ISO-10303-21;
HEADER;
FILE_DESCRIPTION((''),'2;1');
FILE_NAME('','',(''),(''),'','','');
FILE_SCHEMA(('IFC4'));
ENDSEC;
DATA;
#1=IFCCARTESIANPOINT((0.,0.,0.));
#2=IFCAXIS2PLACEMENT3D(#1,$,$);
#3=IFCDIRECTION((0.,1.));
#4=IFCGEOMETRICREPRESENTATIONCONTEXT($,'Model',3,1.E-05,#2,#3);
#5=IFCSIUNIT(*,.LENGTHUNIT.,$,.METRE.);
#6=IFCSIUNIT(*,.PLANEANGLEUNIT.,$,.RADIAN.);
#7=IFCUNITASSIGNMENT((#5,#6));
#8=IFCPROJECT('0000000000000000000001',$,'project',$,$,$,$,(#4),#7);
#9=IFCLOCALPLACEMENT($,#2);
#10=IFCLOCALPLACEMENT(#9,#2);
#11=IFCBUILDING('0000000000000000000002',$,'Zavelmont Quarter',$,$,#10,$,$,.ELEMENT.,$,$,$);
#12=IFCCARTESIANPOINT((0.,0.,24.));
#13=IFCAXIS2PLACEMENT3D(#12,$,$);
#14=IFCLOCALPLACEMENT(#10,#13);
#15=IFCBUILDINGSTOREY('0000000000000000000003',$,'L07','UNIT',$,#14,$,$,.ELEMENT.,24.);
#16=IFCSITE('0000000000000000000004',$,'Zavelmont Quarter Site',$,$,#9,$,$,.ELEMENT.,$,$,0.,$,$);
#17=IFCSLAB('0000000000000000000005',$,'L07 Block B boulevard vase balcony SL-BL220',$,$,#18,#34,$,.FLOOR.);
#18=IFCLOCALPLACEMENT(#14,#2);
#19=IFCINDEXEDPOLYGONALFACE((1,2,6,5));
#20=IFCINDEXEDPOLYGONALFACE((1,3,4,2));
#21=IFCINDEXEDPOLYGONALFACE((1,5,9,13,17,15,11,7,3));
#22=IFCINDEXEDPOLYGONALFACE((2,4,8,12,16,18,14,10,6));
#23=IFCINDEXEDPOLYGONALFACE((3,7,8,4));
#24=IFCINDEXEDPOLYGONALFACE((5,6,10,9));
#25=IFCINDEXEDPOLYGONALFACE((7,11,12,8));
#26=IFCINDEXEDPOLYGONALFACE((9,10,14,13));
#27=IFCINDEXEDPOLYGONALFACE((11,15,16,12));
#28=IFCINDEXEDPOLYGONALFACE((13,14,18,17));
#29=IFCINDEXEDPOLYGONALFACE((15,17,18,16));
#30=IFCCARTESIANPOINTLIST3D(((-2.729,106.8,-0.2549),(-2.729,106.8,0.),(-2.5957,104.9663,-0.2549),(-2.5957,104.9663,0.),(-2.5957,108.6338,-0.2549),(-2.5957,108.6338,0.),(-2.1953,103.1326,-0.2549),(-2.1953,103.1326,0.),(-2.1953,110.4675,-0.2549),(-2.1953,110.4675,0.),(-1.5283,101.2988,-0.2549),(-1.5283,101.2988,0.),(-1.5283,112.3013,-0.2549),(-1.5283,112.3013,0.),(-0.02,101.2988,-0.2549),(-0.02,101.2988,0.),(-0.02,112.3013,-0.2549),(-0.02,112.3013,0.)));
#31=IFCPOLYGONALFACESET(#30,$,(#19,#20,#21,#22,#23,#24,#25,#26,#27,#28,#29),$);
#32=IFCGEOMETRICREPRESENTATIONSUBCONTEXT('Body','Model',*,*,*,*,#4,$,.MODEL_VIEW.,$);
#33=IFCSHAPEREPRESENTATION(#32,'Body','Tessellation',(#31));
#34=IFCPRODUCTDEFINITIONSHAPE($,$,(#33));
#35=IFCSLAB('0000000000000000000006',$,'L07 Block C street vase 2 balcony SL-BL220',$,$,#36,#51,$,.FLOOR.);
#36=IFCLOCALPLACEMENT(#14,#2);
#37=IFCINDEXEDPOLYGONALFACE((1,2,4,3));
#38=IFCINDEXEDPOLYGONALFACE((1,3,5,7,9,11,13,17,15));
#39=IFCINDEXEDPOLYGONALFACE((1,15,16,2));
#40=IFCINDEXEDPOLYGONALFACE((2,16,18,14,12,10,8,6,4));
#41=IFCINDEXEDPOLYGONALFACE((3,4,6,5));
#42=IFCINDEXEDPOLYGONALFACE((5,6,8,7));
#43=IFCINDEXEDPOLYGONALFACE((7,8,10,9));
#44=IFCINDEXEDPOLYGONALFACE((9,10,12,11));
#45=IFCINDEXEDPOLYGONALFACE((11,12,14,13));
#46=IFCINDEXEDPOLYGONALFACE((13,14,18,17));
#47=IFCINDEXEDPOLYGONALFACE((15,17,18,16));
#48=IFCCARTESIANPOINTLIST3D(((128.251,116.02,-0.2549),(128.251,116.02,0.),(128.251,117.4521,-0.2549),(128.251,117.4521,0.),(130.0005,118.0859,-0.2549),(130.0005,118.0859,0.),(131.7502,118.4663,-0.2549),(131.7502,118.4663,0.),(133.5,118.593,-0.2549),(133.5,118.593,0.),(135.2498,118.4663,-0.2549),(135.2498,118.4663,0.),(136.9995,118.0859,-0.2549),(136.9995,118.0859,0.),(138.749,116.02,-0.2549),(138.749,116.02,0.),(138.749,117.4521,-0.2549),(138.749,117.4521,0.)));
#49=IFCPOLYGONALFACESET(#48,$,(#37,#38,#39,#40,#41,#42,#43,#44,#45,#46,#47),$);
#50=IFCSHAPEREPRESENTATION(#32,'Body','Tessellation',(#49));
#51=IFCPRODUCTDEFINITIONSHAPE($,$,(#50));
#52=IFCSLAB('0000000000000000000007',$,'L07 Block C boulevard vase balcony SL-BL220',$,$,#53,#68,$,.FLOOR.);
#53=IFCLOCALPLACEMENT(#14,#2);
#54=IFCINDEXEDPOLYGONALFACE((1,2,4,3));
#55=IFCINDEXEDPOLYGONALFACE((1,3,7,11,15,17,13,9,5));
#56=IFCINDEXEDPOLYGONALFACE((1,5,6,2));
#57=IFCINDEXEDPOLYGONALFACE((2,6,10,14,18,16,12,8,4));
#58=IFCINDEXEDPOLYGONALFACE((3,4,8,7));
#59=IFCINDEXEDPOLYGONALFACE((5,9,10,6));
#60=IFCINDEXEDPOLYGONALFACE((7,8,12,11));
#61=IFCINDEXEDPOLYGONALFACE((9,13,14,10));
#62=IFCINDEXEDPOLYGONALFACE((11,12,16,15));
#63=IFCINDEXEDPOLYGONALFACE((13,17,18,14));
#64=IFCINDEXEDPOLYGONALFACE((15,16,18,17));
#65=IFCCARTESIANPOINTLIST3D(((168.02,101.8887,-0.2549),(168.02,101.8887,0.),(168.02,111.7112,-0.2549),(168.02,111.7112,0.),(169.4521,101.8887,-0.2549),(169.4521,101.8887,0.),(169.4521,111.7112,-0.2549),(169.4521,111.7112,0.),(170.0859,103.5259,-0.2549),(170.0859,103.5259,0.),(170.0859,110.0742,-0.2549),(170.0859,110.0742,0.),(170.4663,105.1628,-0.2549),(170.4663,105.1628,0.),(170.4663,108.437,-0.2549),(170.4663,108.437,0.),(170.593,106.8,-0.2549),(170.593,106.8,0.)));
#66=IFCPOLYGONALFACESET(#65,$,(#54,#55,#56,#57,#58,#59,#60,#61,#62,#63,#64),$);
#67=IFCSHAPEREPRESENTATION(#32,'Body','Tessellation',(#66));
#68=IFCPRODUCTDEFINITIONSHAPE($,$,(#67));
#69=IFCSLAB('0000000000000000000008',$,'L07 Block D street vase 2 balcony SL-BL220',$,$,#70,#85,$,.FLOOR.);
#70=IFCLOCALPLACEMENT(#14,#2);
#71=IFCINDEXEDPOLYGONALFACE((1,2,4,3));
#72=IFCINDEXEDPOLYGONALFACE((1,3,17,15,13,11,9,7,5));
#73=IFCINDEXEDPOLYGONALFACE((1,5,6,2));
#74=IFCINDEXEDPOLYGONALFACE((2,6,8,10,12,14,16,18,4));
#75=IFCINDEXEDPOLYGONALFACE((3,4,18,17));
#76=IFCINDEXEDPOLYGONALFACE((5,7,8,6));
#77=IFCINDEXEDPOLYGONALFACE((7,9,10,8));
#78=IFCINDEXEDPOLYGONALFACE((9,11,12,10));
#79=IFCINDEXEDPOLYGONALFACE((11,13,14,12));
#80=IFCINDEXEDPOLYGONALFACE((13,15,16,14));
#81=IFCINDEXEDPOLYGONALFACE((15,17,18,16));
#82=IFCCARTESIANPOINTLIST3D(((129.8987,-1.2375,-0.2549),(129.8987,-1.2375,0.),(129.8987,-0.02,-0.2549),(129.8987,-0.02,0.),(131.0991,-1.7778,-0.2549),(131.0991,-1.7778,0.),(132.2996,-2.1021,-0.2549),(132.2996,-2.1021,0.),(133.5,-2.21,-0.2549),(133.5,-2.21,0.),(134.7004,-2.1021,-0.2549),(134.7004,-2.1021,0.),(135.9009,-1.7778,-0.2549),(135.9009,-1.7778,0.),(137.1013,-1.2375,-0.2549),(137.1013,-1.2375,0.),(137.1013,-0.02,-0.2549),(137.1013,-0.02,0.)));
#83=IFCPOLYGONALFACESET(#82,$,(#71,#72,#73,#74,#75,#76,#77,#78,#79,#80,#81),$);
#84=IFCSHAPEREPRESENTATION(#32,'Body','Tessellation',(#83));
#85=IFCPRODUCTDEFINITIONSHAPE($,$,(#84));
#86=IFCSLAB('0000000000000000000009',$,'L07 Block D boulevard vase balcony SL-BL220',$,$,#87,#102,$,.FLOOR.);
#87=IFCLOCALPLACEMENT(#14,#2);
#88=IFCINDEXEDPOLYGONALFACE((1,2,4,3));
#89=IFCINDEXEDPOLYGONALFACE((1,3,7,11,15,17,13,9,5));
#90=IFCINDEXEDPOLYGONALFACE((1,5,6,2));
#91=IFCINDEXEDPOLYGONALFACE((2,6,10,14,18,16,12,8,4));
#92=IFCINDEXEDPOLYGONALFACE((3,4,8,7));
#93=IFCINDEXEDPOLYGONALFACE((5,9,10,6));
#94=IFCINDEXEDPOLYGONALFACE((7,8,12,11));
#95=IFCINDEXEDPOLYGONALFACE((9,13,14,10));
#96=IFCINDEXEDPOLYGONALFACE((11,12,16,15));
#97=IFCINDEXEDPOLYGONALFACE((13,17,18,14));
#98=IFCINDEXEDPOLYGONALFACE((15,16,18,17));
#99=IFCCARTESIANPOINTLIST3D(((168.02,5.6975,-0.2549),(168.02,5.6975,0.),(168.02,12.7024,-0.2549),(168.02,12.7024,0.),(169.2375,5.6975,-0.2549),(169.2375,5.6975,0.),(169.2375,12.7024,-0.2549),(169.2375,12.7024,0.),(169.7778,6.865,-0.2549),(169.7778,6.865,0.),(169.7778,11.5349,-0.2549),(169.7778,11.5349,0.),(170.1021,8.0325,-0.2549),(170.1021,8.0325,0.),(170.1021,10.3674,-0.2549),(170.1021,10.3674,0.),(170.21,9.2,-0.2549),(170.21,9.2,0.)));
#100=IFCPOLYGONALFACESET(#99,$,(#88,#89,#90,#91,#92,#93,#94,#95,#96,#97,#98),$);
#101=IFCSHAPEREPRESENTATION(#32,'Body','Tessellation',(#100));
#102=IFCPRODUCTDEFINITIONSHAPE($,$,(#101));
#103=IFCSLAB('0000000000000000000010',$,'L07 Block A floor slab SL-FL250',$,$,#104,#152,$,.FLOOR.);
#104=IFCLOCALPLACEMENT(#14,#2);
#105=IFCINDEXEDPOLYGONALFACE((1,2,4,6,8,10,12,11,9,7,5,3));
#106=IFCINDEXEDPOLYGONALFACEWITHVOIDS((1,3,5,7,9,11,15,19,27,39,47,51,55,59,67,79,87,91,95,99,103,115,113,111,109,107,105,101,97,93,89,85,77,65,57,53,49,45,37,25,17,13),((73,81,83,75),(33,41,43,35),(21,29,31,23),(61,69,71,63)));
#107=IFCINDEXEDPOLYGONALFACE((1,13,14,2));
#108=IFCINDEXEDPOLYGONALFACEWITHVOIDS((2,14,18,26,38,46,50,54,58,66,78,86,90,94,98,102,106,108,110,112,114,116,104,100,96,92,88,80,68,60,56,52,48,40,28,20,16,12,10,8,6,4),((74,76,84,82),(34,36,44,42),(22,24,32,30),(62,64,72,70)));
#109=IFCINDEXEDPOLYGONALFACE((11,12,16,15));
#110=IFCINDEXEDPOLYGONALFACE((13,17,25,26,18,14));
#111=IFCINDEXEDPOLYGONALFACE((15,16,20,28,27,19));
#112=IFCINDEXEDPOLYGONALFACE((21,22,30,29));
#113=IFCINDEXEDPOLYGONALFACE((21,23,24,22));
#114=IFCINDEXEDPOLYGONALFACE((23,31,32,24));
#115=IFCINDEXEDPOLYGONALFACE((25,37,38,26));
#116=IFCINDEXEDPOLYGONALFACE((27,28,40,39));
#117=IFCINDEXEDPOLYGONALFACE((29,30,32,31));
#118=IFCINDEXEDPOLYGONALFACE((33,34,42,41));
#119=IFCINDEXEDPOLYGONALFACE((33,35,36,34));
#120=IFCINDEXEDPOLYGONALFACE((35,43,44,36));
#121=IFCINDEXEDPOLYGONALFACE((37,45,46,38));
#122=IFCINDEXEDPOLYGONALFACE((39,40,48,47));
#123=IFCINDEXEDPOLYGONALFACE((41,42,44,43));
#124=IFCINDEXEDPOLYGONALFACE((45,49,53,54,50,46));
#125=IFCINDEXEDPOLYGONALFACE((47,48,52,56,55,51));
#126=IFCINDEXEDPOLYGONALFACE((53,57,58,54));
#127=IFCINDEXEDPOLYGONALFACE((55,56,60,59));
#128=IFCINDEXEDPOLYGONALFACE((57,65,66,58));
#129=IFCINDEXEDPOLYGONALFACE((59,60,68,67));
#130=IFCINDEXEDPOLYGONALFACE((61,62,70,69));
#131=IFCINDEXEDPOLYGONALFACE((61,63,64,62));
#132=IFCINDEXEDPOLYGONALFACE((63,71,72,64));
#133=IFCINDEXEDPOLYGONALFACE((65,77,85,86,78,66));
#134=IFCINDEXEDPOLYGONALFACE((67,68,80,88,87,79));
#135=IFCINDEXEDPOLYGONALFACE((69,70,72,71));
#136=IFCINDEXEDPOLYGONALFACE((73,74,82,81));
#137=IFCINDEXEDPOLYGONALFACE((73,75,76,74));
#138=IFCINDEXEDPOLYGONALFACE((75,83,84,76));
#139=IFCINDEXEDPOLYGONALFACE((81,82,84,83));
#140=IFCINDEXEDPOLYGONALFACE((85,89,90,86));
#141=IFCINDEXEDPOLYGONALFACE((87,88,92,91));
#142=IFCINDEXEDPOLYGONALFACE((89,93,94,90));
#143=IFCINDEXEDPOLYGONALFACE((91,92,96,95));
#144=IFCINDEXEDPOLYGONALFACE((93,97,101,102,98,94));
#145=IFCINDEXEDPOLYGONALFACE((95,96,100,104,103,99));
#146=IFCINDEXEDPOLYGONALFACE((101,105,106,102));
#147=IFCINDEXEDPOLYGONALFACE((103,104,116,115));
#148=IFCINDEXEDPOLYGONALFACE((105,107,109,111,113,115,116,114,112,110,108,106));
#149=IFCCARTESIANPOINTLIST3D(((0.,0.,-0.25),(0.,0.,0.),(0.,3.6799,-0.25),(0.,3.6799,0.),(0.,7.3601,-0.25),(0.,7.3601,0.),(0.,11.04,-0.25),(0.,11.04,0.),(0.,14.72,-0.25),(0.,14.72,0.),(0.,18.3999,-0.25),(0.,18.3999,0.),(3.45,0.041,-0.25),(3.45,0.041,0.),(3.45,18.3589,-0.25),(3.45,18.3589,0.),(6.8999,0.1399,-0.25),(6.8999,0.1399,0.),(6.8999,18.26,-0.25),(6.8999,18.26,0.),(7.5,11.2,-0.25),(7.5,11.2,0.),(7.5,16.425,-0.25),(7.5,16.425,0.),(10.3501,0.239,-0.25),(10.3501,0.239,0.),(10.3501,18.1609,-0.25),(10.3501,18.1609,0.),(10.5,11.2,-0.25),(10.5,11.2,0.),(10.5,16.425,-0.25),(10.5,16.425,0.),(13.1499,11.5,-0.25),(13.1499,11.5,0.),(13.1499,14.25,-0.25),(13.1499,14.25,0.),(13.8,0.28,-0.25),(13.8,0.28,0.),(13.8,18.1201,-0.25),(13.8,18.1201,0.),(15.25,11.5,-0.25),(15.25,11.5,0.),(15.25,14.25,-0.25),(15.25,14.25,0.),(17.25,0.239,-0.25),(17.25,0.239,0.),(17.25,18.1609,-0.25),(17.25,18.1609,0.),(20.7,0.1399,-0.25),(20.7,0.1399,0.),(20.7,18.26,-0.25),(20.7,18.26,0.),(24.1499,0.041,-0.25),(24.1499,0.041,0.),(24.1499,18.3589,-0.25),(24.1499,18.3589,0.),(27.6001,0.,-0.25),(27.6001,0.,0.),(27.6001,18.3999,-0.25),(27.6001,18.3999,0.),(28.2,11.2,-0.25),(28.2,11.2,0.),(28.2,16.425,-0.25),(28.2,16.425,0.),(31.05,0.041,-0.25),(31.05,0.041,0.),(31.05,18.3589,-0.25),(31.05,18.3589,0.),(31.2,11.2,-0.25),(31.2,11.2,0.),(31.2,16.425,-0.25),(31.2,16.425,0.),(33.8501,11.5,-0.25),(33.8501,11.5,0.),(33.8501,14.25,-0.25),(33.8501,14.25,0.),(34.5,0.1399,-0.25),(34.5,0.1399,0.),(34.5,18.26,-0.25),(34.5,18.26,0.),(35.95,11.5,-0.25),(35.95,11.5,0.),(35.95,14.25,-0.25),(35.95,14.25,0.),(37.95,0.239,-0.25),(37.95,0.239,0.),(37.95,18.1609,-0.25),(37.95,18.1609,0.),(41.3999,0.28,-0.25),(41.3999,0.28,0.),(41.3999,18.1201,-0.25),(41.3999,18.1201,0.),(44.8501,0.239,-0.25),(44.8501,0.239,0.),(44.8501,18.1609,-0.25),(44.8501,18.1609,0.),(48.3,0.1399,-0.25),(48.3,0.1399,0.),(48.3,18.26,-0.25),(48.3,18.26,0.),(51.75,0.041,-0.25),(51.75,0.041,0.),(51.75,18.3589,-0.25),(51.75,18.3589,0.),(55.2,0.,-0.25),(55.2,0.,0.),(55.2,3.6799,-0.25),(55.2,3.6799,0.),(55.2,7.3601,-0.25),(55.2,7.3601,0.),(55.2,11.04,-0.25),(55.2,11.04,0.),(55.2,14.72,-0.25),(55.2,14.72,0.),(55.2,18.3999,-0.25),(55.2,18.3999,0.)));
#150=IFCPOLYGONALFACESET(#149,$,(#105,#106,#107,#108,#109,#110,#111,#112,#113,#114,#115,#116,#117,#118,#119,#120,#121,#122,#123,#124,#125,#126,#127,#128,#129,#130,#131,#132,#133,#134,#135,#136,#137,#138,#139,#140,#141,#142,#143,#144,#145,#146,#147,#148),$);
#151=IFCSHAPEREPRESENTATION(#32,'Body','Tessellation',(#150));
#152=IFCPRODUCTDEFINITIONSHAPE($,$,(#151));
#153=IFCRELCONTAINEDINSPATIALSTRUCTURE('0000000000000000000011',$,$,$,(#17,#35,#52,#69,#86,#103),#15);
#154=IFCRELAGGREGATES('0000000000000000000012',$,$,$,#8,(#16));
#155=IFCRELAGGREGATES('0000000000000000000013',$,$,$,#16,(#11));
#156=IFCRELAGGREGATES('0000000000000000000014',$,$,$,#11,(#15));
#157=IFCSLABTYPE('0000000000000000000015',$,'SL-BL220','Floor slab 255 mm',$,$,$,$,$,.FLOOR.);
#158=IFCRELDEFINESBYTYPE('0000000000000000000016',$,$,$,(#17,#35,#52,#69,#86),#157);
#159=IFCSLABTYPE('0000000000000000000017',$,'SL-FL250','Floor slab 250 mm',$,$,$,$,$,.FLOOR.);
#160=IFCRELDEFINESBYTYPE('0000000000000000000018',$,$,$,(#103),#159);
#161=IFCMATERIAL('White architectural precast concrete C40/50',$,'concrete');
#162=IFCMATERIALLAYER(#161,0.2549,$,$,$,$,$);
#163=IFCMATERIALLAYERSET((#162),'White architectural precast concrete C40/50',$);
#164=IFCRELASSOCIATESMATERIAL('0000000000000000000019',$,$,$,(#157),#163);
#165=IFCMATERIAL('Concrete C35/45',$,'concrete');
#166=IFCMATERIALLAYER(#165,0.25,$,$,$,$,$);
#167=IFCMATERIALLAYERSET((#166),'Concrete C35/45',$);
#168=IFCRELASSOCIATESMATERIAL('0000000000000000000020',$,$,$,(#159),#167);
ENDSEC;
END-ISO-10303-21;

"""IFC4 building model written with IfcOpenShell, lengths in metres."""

from ifc_helpers import new_model, si_unit, direction, frame, origin, place, context, subcontext, project, spatial, polyline, outline, extrude, material, layer, layer_set, type_object, element, save


model = new_model("IFC4")

# Units and contexts
model_context = context("Model", 3, precision=1e-05, world=origin(), true_north=direction((0.0, 1.0)))
body_context = subcontext(model_context, "Body", "Model", "MODEL_VIEW")
ifc_project = project(units=[si_unit("LENGTHUNIT", "METRE"), si_unit("PLANEANGLEUNIT", "RADIAN")], contexts=[model_context])

# Site, building, storey
site_placement = place(None, origin())
site = spatial("IfcSite", under=ifc_project, at=site_placement, Name="Zavelmont Quarter Site", CompositionType="ELEMENT", RefElevation=0.0)
building_placement = place(site_placement, origin())
building = spatial("IfcBuilding", under=site, at=building_placement, Name="Zavelmont Quarter", CompositionType="ELEMENT")
storey_placement = place(building_placement, frame((0.0, 0.0, 24.0)))
storey = spatial("IfcBuildingStorey", under=building, at=storey_placement, Name="L07", Description="UNIT", CompositionType="ELEMENT", Elevation=24.0)

# Shared definitions
ifc_material_1 = material(Name="Concrete C35/45", Category="concrete")

# Slabs
ifc_material_2 = material(Name="White architectural precast concrete C40/50", Category="concrete")
ifc_layer_1 = layer(ifc_material_2, 0.2549)
ifc_layer_set_1 = layer_set([ifc_layer_1], Name="White architectural precast concrete C40/50")
slab_type_1 = type_object("IfcSlabType", Name="SL-BL220", Description="Floor slab 255 mm", PredefinedType="FLOOR", material=ifc_layer_set_1)
slab_1_placement = place(storey_placement, frame((0.0, 0.0, -0.2549)))
element("IfcSlab", 1, at=slab_1_placement, inside=storey, type_object=slab_type_1, Name="L07 Block B boulevard vase balcony SL-BL220", PredefinedType="FLOOR", context=body_context, shape_type="SweptSolid", body=[
    extrude(outline(polyline([(-0.02, 112.3013), (-1.5283, 112.3013), (-2.1953, 110.4675), (-2.5957, 108.6338), (-2.729, 106.8), (-2.5957, 104.9663), (-2.1953, 103.1326), (-1.5283, 101.2988), (-0.02, 101.2988), (-0.02, 112.3013)])), origin(), (0.0, 0.0, 1.0), 0.2549),
])
slab_2_placement = place(storey_placement, frame((0.0, 0.0, -0.2549)))
element("IfcSlab", 2, at=slab_2_placement, inside=storey, type_object=slab_type_1, Name="L07 Block C street vase 2 balcony SL-BL220", PredefinedType="FLOOR", context=body_context, shape_type="SweptSolid", body=[
    extrude(outline(polyline([(138.749, 116.02), (138.749, 117.4521), (136.9995, 118.0859), (135.2498, 118.4663), (133.5, 118.593), (131.7502, 118.4663), (130.0005, 118.0859), (128.251, 117.4521), (128.251, 116.02), (138.749, 116.02)])), origin(), (0.0, 0.0, 1.0), 0.2549),
])
slab_3_placement = place(storey_placement, frame((0.0, 0.0, -0.2549)))
element("IfcSlab", 3, at=slab_3_placement, inside=storey, type_object=slab_type_1, Name="L07 Block C boulevard vase balcony SL-BL220", PredefinedType="FLOOR", context=body_context, shape_type="SweptSolid", body=[
    extrude(outline(polyline([(168.02, 101.8887), (169.4521, 101.8887), (170.0859, 103.5259), (170.4663, 105.1628), (170.593, 106.8), (170.4663, 108.437), (170.0859, 110.0742), (169.4521, 111.7112), (168.02, 111.7112), (168.02, 101.8887)])), origin(), (0.0, 0.0, 1.0), 0.2549),
])
slab_4_placement = place(storey_placement, frame((0.0, 0.0, -0.2549)))
element("IfcSlab", 4, at=slab_4_placement, inside=storey, type_object=slab_type_1, Name="L07 Block D street vase 2 balcony SL-BL220", PredefinedType="FLOOR", context=body_context, shape_type="SweptSolid", body=[
    extrude(outline(polyline([(129.8987, -0.02), (129.8987, -1.2375), (131.0991, -1.7778), (132.2996, -2.1021), (133.5, -2.21), (134.7004, -2.1021), (135.9009, -1.7778), (137.1013, -1.2375), (137.1013, -0.02), (129.8987, -0.02)])), origin(), (0.0, 0.0, 1.0), 0.2549),
])
slab_5_placement = place(storey_placement, frame((0.0, 0.0, -0.2549)))
element("IfcSlab", 5, at=slab_5_placement, inside=storey, type_object=slab_type_1, Name="L07 Block D boulevard vase balcony SL-BL220", PredefinedType="FLOOR", context=body_context, shape_type="SweptSolid", body=[
    extrude(outline(polyline([(168.02, 5.6975), (169.2375, 5.6975), (169.7778, 6.865), (170.1021, 8.0325), (170.21, 9.2), (170.1021, 10.3674), (169.7778, 11.5349), (169.2375, 12.7024), (168.02, 12.7024), (168.02, 5.6975)])), origin(), (0.0, 0.0, 1.0), 0.2549),
])
ifc_layer_2 = layer(ifc_material_1, 0.25)
ifc_layer_set_2 = layer_set([ifc_layer_2], Name="Concrete C35/45")
slab_type_2 = type_object("IfcSlabType", Name="SL-FL250", Description="Floor slab 250 mm", PredefinedType="FLOOR", material=ifc_layer_set_2)
slab_6_placement = place(storey_placement, frame((0.0, 0.0, -0.25)))
element("IfcSlab", 6, at=slab_6_placement, inside=storey, type_object=slab_type_2, Name="L07 Block A floor slab SL-FL250", PredefinedType="FLOOR", context=body_context, shape_type="SweptSolid", body=[
    extrude(outline(polyline([(0.0, 0.0), (3.45, 0.041), (6.8999, 0.1399), (10.3501, 0.239), (13.8, 0.28), (17.25, 0.239), (20.7, 0.1399), (24.1499, 0.041), (27.6001, 0.0), (31.05, 0.041), (34.5, 0.1399), (37.95, 0.239), (41.3999, 0.28), (44.8501, 0.239), (48.3, 0.1399), (51.75, 0.041), (55.2, 0.0), (55.2, 3.6799), (55.2, 7.3601), (55.2, 11.04), (55.2, 14.72), (55.2, 18.3999), (51.75, 18.3589), (48.3, 18.26), (44.8501, 18.1609), (41.3999, 18.1201), (37.95, 18.1609), (34.5, 18.26), (31.05, 18.3589), (27.6001, 18.3999), (24.1499, 18.3589), (20.7, 18.26), (17.25, 18.1609), (13.8, 18.1201), (10.3501, 18.1609), (6.8999, 18.26), (3.45, 18.3589), (0.0, 18.3999), (0.0, 14.72), (0.0, 11.04), (0.0, 7.3601), (0.0, 3.6799), (0.0, 0.0)]), holes=[polyline([(7.5, 16.425), (7.5, 11.2), (10.5, 11.2), (10.5, 16.425), (7.5, 16.425)]), polyline([(13.1499, 11.5), (15.25, 11.5), (15.25, 14.25), (13.1499, 14.25), (13.1499, 11.5)]), polyline([(28.2, 16.425), (28.2, 11.2), (31.2, 11.2), (31.2, 16.425), (28.2, 16.425)]), polyline([(33.8501, 11.5), (35.95, 11.5), (35.95, 14.25), (33.8501, 14.25), (33.8501, 11.5)])]), origin(), (0.0, 0.0, 1.0), 0.25),
])

save(model, "model.ifc")
